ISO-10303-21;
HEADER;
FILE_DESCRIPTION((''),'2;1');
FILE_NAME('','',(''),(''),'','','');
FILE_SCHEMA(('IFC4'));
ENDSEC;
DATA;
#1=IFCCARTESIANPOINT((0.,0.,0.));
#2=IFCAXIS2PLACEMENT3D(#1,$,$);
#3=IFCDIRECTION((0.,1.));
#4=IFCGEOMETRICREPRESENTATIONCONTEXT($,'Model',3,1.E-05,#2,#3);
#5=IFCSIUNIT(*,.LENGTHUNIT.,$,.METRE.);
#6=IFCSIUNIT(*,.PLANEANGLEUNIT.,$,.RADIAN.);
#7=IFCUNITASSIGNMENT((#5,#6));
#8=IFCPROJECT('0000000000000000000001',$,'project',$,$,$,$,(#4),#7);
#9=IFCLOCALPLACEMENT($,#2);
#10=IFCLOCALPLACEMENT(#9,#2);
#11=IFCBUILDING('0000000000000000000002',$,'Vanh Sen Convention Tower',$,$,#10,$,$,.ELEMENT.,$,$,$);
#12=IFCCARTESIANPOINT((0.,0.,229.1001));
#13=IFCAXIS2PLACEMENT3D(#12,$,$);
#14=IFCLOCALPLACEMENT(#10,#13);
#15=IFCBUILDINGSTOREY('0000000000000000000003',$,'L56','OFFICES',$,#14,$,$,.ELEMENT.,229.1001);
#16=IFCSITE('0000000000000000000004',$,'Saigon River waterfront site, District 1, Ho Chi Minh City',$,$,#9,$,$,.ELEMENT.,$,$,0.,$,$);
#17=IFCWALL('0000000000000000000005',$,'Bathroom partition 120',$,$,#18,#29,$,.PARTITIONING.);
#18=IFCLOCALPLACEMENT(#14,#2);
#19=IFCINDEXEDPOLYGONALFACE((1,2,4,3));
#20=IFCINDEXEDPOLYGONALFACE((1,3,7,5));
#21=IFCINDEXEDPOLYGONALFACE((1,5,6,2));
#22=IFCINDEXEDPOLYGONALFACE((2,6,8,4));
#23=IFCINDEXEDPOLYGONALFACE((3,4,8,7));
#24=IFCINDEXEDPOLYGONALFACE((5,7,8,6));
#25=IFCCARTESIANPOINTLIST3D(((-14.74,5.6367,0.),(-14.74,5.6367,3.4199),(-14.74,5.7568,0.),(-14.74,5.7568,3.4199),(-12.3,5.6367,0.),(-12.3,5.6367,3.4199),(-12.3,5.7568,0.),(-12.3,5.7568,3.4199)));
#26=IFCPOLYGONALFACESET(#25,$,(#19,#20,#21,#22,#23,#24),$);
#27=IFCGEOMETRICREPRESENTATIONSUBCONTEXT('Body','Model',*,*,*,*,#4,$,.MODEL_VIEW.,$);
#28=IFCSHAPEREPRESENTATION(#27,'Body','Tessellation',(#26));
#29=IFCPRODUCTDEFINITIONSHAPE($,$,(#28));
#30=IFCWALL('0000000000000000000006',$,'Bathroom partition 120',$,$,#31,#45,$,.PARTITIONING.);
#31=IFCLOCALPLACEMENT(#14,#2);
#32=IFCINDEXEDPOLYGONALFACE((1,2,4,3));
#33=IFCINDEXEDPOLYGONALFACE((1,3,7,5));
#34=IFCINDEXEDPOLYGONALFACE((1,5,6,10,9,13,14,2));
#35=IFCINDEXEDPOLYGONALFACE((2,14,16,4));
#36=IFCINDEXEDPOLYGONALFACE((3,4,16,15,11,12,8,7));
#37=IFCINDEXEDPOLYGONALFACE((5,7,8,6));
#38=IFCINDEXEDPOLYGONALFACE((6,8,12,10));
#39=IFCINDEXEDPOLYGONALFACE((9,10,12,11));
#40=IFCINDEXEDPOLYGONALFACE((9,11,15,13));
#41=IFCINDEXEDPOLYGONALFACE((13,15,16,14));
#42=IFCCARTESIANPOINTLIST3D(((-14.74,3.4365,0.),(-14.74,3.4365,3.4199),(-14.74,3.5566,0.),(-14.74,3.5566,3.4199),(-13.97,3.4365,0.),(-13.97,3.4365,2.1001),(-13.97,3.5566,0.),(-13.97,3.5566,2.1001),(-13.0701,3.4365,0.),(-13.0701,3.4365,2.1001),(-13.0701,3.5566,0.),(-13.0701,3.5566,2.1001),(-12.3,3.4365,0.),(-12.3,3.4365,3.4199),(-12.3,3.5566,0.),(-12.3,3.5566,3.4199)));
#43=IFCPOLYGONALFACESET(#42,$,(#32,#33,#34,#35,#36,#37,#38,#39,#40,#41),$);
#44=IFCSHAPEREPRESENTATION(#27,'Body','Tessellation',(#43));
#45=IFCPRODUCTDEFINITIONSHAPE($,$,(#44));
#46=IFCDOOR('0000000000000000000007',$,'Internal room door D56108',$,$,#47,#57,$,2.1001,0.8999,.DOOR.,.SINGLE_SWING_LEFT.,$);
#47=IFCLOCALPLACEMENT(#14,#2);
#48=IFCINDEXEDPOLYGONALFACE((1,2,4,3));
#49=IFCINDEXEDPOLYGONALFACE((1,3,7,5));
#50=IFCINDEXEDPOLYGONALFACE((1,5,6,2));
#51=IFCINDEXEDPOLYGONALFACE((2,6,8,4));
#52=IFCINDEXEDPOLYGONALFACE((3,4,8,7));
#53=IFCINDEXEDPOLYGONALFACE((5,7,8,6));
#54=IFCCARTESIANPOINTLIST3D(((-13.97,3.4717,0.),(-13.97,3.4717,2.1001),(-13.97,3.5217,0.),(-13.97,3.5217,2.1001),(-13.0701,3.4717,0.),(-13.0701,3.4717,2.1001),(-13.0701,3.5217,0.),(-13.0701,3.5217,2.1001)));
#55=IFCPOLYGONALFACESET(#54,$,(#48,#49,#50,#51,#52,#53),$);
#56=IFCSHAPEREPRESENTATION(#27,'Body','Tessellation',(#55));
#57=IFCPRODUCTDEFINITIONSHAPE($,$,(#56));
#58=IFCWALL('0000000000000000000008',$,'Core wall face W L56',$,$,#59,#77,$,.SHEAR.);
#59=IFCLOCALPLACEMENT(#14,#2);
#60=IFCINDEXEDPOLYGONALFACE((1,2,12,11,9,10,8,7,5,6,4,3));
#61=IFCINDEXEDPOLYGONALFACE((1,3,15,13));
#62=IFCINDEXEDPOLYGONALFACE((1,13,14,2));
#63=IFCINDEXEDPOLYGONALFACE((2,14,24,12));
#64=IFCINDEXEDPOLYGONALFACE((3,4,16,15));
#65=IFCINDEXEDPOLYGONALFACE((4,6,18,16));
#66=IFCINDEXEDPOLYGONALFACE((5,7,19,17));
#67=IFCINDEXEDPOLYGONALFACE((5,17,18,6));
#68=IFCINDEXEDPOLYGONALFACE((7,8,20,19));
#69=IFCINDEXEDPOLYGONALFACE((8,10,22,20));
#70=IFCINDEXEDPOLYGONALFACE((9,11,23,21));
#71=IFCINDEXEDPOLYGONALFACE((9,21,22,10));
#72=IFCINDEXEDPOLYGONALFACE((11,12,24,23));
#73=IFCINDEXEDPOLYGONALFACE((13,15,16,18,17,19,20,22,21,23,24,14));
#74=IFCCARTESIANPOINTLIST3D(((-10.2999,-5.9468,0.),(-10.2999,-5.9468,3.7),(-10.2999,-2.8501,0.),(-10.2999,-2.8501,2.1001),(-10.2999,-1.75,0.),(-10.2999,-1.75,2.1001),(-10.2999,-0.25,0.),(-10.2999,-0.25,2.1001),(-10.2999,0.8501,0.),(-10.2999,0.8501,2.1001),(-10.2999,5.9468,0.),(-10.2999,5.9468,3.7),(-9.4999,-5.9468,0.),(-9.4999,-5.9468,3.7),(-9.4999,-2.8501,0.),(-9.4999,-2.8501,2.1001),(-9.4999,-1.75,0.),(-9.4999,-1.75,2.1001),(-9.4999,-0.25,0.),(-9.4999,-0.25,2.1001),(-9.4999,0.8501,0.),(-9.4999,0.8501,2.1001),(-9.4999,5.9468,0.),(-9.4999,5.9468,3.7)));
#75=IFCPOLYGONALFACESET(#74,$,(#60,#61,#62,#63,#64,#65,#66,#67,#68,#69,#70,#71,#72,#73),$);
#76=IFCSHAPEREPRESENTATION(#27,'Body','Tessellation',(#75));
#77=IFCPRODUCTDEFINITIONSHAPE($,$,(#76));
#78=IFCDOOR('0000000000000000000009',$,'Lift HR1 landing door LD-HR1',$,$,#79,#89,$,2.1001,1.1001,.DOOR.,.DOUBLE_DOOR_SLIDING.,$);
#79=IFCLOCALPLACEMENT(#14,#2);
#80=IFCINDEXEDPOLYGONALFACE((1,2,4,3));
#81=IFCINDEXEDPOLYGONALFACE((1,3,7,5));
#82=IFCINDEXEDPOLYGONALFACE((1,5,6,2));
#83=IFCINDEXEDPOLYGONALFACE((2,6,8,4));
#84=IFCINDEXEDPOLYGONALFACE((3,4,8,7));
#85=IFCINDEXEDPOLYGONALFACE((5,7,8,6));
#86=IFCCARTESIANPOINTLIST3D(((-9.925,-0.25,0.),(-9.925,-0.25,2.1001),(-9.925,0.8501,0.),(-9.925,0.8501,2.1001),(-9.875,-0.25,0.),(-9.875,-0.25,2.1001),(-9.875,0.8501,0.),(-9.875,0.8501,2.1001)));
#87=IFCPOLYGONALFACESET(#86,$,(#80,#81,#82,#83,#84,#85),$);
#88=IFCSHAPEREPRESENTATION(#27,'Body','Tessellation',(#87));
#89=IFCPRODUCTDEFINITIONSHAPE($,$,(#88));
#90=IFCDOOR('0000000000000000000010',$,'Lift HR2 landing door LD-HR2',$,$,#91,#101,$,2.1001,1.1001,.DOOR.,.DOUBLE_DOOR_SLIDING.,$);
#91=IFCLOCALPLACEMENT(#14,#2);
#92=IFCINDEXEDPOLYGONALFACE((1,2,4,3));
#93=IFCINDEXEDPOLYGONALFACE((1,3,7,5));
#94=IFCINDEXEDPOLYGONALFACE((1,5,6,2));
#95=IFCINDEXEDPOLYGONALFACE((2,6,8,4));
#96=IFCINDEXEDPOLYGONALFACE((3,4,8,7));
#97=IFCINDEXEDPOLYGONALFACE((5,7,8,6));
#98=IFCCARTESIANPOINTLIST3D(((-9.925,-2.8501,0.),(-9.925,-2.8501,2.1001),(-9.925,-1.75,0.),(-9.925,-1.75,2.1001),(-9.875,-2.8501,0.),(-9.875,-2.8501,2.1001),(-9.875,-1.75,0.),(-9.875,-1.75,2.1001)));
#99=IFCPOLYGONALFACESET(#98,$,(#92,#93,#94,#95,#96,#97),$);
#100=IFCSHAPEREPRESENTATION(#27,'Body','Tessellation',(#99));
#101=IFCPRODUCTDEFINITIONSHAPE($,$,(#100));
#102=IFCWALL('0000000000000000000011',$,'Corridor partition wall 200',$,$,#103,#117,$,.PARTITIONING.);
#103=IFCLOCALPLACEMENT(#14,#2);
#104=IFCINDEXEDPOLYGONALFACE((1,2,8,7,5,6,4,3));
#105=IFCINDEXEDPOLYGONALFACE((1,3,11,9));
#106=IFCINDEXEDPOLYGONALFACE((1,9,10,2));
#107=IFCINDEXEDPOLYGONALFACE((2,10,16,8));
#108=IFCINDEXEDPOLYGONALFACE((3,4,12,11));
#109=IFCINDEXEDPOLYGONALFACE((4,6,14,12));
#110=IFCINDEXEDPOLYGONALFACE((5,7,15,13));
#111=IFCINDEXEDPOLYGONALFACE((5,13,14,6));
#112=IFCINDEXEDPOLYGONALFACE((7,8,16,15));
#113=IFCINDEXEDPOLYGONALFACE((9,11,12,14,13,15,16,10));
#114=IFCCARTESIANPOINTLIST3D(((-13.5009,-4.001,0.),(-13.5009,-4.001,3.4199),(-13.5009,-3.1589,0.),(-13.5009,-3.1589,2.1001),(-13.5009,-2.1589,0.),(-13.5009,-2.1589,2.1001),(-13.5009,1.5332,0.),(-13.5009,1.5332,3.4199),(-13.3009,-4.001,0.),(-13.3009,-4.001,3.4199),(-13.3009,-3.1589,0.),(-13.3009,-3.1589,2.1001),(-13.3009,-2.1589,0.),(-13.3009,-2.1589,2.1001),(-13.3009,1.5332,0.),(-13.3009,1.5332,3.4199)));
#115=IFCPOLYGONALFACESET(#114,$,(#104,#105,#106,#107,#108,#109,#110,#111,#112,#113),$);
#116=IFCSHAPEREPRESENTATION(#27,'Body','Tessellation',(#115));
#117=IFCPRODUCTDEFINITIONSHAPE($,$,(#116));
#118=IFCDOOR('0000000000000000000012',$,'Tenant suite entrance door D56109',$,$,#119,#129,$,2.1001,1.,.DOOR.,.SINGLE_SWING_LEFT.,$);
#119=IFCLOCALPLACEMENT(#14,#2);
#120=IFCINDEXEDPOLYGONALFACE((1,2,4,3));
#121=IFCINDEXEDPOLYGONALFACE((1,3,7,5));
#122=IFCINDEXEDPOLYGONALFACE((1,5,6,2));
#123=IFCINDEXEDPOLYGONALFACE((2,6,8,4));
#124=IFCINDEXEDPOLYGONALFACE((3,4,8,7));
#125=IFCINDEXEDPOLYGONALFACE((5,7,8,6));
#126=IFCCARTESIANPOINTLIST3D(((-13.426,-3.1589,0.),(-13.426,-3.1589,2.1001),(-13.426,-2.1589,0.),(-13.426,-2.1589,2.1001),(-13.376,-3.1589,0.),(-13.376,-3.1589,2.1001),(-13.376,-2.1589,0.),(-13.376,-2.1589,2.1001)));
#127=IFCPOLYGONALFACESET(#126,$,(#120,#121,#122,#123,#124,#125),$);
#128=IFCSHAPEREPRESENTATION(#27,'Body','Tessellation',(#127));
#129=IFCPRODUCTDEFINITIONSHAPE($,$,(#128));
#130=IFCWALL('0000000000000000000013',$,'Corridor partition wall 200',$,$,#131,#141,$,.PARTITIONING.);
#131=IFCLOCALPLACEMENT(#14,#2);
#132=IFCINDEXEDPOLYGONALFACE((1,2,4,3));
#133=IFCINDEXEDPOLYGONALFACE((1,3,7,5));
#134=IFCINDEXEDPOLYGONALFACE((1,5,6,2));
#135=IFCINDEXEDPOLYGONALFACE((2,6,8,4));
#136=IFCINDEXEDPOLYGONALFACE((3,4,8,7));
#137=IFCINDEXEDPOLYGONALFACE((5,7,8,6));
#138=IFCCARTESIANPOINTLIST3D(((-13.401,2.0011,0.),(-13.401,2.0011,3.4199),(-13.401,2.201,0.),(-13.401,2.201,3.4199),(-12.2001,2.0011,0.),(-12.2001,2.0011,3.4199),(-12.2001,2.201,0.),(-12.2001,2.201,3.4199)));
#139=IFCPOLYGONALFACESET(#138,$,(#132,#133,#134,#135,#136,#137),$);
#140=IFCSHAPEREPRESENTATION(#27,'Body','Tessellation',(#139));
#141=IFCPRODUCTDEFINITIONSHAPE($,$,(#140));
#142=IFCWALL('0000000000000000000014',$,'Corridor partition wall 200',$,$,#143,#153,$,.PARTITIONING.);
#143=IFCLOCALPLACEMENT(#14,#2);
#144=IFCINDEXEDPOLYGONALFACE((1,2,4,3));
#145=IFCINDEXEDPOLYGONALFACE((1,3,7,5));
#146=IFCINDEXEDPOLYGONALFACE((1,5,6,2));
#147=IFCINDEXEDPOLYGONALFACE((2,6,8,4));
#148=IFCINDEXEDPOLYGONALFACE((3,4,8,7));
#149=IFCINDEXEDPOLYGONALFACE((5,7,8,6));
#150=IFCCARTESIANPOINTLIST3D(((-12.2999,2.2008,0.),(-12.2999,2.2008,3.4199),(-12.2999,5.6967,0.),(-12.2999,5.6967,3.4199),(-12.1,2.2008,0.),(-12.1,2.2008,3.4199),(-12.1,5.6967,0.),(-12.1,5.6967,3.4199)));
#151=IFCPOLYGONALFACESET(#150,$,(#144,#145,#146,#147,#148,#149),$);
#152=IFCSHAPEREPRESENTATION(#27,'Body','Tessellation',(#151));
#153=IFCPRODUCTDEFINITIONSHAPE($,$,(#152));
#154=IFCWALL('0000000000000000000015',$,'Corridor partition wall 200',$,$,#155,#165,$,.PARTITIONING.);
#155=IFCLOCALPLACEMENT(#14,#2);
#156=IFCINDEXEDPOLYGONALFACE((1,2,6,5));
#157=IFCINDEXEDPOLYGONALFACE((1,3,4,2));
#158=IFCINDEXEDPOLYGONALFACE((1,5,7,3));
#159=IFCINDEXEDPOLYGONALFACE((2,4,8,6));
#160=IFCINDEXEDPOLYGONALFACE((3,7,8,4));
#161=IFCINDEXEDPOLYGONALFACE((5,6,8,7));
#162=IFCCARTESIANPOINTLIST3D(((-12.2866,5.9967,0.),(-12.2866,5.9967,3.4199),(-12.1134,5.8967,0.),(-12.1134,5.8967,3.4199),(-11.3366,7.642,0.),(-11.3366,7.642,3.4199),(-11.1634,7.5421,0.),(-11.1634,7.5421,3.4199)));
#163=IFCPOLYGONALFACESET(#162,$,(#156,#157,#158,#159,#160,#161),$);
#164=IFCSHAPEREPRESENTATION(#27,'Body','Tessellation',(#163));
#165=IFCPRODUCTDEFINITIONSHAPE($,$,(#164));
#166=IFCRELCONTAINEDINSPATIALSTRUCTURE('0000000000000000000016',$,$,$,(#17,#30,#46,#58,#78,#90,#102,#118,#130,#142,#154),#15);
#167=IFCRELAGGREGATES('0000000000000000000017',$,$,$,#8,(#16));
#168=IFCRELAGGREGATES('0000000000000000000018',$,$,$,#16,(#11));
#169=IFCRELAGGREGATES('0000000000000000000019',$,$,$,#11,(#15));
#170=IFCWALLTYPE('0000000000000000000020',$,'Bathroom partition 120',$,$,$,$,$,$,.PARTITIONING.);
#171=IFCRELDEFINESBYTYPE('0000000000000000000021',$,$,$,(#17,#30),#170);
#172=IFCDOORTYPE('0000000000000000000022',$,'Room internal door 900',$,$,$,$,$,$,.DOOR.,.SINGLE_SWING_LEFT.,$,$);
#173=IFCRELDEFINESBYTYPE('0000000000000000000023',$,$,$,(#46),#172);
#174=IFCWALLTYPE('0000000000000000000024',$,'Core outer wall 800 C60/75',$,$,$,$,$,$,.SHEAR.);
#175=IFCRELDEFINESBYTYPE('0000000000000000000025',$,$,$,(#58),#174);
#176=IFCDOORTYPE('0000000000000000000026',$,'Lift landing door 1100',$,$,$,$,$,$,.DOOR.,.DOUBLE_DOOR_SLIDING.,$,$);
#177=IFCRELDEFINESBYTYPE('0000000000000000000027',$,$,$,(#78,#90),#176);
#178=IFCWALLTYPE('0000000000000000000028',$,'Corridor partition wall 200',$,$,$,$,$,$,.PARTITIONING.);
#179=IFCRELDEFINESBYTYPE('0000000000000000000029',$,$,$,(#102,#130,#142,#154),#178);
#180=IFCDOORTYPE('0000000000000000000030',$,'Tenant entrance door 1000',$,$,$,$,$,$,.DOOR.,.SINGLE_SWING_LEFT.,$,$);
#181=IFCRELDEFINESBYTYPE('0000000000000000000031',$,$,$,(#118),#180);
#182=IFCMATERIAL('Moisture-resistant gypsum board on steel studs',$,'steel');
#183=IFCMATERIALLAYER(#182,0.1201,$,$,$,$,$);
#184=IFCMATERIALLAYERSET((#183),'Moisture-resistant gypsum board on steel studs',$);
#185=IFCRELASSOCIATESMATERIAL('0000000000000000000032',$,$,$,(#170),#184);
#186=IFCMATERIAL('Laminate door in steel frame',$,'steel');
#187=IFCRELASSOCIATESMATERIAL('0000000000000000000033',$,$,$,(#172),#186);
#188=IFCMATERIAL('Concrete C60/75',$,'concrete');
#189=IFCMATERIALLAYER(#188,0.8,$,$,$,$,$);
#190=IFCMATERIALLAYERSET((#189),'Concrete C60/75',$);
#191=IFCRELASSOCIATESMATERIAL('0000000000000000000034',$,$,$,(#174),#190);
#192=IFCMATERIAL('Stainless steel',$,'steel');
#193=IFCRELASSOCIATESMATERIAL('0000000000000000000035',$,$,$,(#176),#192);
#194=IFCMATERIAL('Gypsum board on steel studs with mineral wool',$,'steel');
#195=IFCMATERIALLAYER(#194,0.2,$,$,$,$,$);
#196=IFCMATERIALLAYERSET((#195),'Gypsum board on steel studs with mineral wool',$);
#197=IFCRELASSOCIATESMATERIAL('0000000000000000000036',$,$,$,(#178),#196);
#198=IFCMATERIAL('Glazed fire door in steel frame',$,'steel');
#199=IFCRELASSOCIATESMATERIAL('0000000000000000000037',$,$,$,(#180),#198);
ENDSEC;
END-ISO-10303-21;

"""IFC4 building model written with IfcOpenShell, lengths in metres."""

from ifc_helpers import new_model, si_unit, direction, frame, frame_2d, origin, place, context, subcontext, project, spatial, rectangle, extrude, material, layer, layer_set, type_object, element, fill, save


model = new_model("IFC4")

# Units and contexts
model_context = context("Model", 3, precision=1e-05, world=origin(), true_north=direction((0.0, 1.0)))
body_context = subcontext(model_context, "Body", "Model", "MODEL_VIEW")
ifc_project = project(units=[si_unit("LENGTHUNIT", "METRE"), si_unit("PLANEANGLEUNIT", "RADIAN")], contexts=[model_context])

# Site, building, storey
site_placement = place(None, origin())
site = spatial("IfcSite", under=ifc_project, at=site_placement, Name="Saigon River waterfront site, District 1, Ho Chi Minh City", CompositionType="ELEMENT", RefElevation=0.0)
building_placement = place(site_placement, origin())
building = spatial("IfcBuilding", under=site, at=building_placement, Name="Vanh Sen Convention Tower", CompositionType="ELEMENT")
storey_placement = place(building_placement, frame((0.0, 0.0, 229.1001)))
storey = spatial("IfcBuildingStorey", under=building, at=storey_placement, Name="L56", Description="OFFICES", CompositionType="ELEMENT", Elevation=229.1001)

# Wall
ifc_material_1 = material(Name="Moisture-resistant gypsum board on steel studs", Category="steel")
ifc_layer_1 = layer(ifc_material_1, 0.1201)
ifc_layer_set_1 = layer_set([ifc_layer_1], Name="Moisture-resistant gypsum board on steel studs")
wall_type_1 = type_object("IfcWallType", Name="Bathroom partition 120", PredefinedType="PARTITIONING", material=ifc_layer_set_1)
wall_1_placement = place(storey_placement, frame((-14.74, 5.6968, 0.0), z_axis=(0.0, 0.0, 1.0), x_axis=(1.0, 0.0, 0.0)))
element("IfcWall", 1, at=wall_1_placement, inside=storey, type_object=wall_type_1, Name="Bathroom partition 120", PredefinedType="PARTITIONING", context=body_context, shape_type="SweptSolid", body=[
    extrude(rectangle(XDim=2.4399, YDim=0.1201, at=frame_2d((1.22, 0.0))), origin(), (0.0, 0.0, 1.0), 3.4199),
])

# Wall, opening, door
wall_2_placement = place(storey_placement, frame((-12.3, 3.4966, 0.0), z_axis=(0.0, 0.0, 1.0), x_axis=(-1.0, 0.0, 0.0)))
wall_2 = element("IfcWall", 2, at=wall_2_placement, inside=storey, type_object=wall_type_1, Name="Bathroom partition 120", PredefinedType="PARTITIONING", context=body_context, shape_type="SweptSolid", body=[
    extrude(rectangle(XDim=2.4399, YDim=0.1201, at=frame_2d((1.22, 0.0))), origin(), (0.0, 0.0, 1.0), 3.4199),
])
opening_1_placement = place(wall_2_placement, frame((0.77, 0.0, 0.0)))
opening_1 = element("IfcOpeningElement", 3, at=opening_1_placement, cuts=wall_2, PredefinedType="OPENING", context=body_context, shape_type="SweptSolid", body=[
    extrude(rectangle(XDim=0.8999, YDim=2.1001, at=frame_2d((0.45, 1.05))), frame((0.0, 0.0701, 0.0), z_axis=(0.0, -1.0, 0.0), x_axis=(1.0, 0.0, 0.0)), (0.0, 0.0, 1.0), 0.1401),
])
ifc_material_2 = material(Name="Laminate door in steel frame", Category="steel")
door_type_1 = type_object("IfcDoorType", Name="Room internal door 900", OperationType="SINGLE_SWING_LEFT", PredefinedType="DOOR", material=ifc_material_2)
door_1_placement = place(opening_1_placement, origin())
door_1 = element("IfcDoor", 4, at=door_1_placement, inside=storey, type_object=door_type_1, Name="Internal room door D56108", OperationType="SINGLE_SWING_LEFT", OverallHeight=2.1001, OverallWidth=0.8999, PredefinedType="DOOR", context=body_context, shape_type="SweptSolid", body=[
    extrude(rectangle(XDim=0.8999, YDim=2.1001, at=frame_2d((0.45, 1.05))), frame((0.0, 0.0249, 0.0), z_axis=(0.0, -1.0, 0.0), x_axis=(1.0, 0.0, 0.0)), (0.0, 0.0, 1.0), 0.05),
])
fill(opening_1, door_1)

# Wall, openings, doors
ifc_material_3 = material(Name="Concrete C60/75", Category="concrete")
ifc_layer_2 = layer(ifc_material_3, 0.8)
ifc_layer_set_2 = layer_set([ifc_layer_2], Name="Concrete C60/75")
wall_type_2 = type_object("IfcWallType", Name="Core outer wall 800 C60/75", PredefinedType="SHEAR", material=ifc_layer_set_2)
wall_3_placement = place(storey_placement, frame((-9.8999, 5.9468, 0.0), z_axis=(0.0, 0.0, 1.0), x_axis=(0.0, -1.0, 0.0)))
wall_3 = element("IfcWall", 5, at=wall_3_placement, inside=storey, type_object=wall_type_2, Name="Core wall face W L56", PredefinedType="SHEAR", context=body_context, shape_type="SweptSolid", body=[
    extrude(rectangle(XDim=11.8936, YDim=0.8, at=frame_2d((5.9468, 0.0))), origin(), (0.0, 0.0, 1.0), 3.7),
])
opening_2_placement = place(wall_3_placement, frame((5.0967, 0.0, 0.0)))
opening_2 = element("IfcOpeningElement", 6, at=opening_2_placement, cuts=wall_3, PredefinedType="OPENING", context=body_context, shape_type="SweptSolid", body=[
    extrude(rectangle(XDim=1.1001, YDim=2.1001, at=frame_2d((0.55, 1.05))), frame((0.0, 0.4099, 0.0), z_axis=(0.0, -1.0, 0.0), x_axis=(1.0, 0.0, 0.0)), (0.0, 0.0, 1.0), 0.8201),
])
opening_3_placement = place(wall_3_placement, frame((7.6968, 0.0, 0.0)))
opening_3 = element("IfcOpeningElement", 7, at=opening_3_placement, cuts=wall_3, PredefinedType="OPENING", context=body_context, shape_type="SweptSolid", body=[
    extrude(rectangle(XDim=1.1001, YDim=2.1001, at=frame_2d((0.55, 1.05))), frame((0.0, 0.4099, 0.0), z_axis=(0.0, -1.0, 0.0), x_axis=(1.0, 0.0, 0.0)), (0.0, 0.0, 1.0), 0.8201),
])
ifc_material_4 = material(Name="Stainless steel", Category="steel")
door_type_2 = type_object("IfcDoorType", Name="Lift landing door 1100", OperationType="DOUBLE_DOOR_SLIDING", PredefinedType="DOOR", material=ifc_material_4)
door_2_placement = place(opening_2_placement, origin())
door_2 = element("IfcDoor", 8, at=door_2_placement, inside=storey, type_object=door_type_2, Name="Lift HR1 landing door LD-HR1", OperationType="DOUBLE_DOOR_SLIDING", OverallHeight=2.1001, OverallWidth=1.1001, PredefinedType="DOOR", context=body_context, shape_type="SweptSolid", body=[
    extrude(rectangle(XDim=1.1001, YDim=2.1001, at=frame_2d((0.55, 1.05))), frame((0.0, 0.0249, 0.0), z_axis=(0.0, -1.0, 0.0), x_axis=(1.0, 0.0, 0.0)), (0.0, 0.0, 1.0), 0.05),
])
fill(opening_2, door_2)
door_3_placement = place(opening_3_placement, origin())
door_3 = element("IfcDoor", 9, at=door_3_placement, inside=storey, type_object=door_type_2, Name="Lift HR2 landing door LD-HR2", OperationType="DOUBLE_DOOR_SLIDING", OverallHeight=2.1001, OverallWidth=1.1001, PredefinedType="DOOR", context=body_context, shape_type="SweptSolid", body=[
    extrude(rectangle(XDim=1.1001, YDim=2.1001, at=frame_2d((0.55, 1.05))), frame((0.0, 0.0249, 0.0), z_axis=(0.0, -1.0, 0.0), x_axis=(1.0, 0.0, 0.0)), (0.0, 0.0, 1.0), 0.05),
])
fill(opening_3, door_3)

# Wall, opening, door
ifc_material_5 = material(Name="Gypsum board on steel studs with mineral wool", Category="steel")
ifc_layer_3 = layer(ifc_material_5, 0.2)
ifc_layer_set_3 = layer_set([ifc_layer_3], Name="Gypsum board on steel studs with mineral wool")
wall_type_3 = type_object("IfcWallType", Name="Corridor partition wall 200", PredefinedType="PARTITIONING", material=ifc_layer_set_3)
wall_4_placement = place(storey_placement, frame((-13.4009, 1.5332, 0.0), z_axis=(0.0, 0.0, 1.0), x_axis=(0.0, -1.0, 0.0)))
wall_4 = element("IfcWall", 10, at=wall_4_placement, inside=storey, type_object=wall_type_3, Name="Corridor partition wall 200", PredefinedType="PARTITIONING", context=body_context, shape_type="SweptSolid", body=[
    extrude(rectangle(XDim=5.5342, YDim=0.2, at=frame_2d((2.7671, 0.0))), origin(), (0.0, 0.0, 1.0), 3.4199),
])
opening_4_placement = place(wall_4_placement, frame((3.6921, 0.0, 0.0)))
opening_4 = element("IfcOpeningElement", 11, at=opening_4_placement, cuts=wall_4, PredefinedType="OPENING", context=body_context, shape_type="SweptSolid", body=[
    extrude(rectangle(XDim=1.0, YDim=2.1001, at=frame_2d((0.5, 1.05))), frame((0.0, 0.1099, 0.0), z_axis=(0.0, -1.0, 0.0), x_axis=(1.0, 0.0, 0.0)), (0.0, 0.0, 1.0), 0.22),
])
ifc_material_6 = material(Name="Glazed fire door in steel frame", Category="steel")
door_type_3 = type_object("IfcDoorType", Name="Tenant entrance door 1000", OperationType="SINGLE_SWING_LEFT", PredefinedType="DOOR", material=ifc_material_6)
door_4_placement = place(opening_4_placement, origin())
door_4 = element("IfcDoor", 12, at=door_4_placement, inside=storey, type_object=door_type_3, Name="Tenant suite entrance door D56109", OperationType="SINGLE_SWING_LEFT", OverallHeight=2.1001, OverallWidth=1.0, PredefinedType="DOOR", context=body_context, shape_type="SweptSolid", body=[
    extrude(rectangle(XDim=1.0, YDim=2.1001, at=frame_2d((0.5, 1.05))), frame((0.0, 0.0249, 0.0), z_axis=(0.0, -1.0, 0.0), x_axis=(1.0, 0.0, 0.0)), (0.0, 0.0, 1.0), 0.05),
])
fill(opening_4, door_4)

# Walls
wall_5_placement = place(storey_placement, frame((-12.2, 2.1011, 0.0), z_axis=(0.0, 0.0, 1.0), x_axis=(-1.0, 0.0, 0.0)))
element("IfcWall", 13, at=wall_5_placement, inside=storey, type_object=wall_type_3, Name="Corridor partition wall 200", PredefinedType="PARTITIONING", context=body_context, shape_type="SweptSolid", body=[
    extrude(rectangle(XDim=1.2009, YDim=0.2, at=frame_2d((0.6006, 0.0))), origin(), (0.0, 0.0, 1.0), 3.4199),
])
wall_6_placement = place(storey_placement, frame((-12.2, 5.6968, 0.0), z_axis=(0.0, 0.0, 1.0), x_axis=(0.0, -1.0, 0.0)))
element("IfcWall", 14, at=wall_6_placement, inside=storey, type_object=wall_type_3, Name="Corridor partition wall 200", PredefinedType="PARTITIONING", context=body_context, shape_type="SweptSolid", body=[
    extrude(rectangle(XDim=3.4958, YDim=0.2, at=frame_2d((1.748, 0.0))), origin(), (0.0, 0.0, 1.0), 3.4199),
])
wall_7_placement = place(storey_placement, frame((-11.25, 7.592, 0.0), z_axis=(0.0, 0.0, 1.0), x_axis=(-0.500023, -0.866012, 0.0)))
element("IfcWall", 15, at=wall_7_placement, inside=storey, type_object=wall_type_3, Name="Corridor partition wall 200", PredefinedType="PARTITIONING", context=body_context, shape_type="SweptSolid", body=[
    extrude(rectangle(XDim=1.8999, YDim=0.2, at=frame_2d((0.95, 0.0))), origin(), (0.0, 0.0, 1.0), 3.4199),
])

save(model, "model.ifc")
